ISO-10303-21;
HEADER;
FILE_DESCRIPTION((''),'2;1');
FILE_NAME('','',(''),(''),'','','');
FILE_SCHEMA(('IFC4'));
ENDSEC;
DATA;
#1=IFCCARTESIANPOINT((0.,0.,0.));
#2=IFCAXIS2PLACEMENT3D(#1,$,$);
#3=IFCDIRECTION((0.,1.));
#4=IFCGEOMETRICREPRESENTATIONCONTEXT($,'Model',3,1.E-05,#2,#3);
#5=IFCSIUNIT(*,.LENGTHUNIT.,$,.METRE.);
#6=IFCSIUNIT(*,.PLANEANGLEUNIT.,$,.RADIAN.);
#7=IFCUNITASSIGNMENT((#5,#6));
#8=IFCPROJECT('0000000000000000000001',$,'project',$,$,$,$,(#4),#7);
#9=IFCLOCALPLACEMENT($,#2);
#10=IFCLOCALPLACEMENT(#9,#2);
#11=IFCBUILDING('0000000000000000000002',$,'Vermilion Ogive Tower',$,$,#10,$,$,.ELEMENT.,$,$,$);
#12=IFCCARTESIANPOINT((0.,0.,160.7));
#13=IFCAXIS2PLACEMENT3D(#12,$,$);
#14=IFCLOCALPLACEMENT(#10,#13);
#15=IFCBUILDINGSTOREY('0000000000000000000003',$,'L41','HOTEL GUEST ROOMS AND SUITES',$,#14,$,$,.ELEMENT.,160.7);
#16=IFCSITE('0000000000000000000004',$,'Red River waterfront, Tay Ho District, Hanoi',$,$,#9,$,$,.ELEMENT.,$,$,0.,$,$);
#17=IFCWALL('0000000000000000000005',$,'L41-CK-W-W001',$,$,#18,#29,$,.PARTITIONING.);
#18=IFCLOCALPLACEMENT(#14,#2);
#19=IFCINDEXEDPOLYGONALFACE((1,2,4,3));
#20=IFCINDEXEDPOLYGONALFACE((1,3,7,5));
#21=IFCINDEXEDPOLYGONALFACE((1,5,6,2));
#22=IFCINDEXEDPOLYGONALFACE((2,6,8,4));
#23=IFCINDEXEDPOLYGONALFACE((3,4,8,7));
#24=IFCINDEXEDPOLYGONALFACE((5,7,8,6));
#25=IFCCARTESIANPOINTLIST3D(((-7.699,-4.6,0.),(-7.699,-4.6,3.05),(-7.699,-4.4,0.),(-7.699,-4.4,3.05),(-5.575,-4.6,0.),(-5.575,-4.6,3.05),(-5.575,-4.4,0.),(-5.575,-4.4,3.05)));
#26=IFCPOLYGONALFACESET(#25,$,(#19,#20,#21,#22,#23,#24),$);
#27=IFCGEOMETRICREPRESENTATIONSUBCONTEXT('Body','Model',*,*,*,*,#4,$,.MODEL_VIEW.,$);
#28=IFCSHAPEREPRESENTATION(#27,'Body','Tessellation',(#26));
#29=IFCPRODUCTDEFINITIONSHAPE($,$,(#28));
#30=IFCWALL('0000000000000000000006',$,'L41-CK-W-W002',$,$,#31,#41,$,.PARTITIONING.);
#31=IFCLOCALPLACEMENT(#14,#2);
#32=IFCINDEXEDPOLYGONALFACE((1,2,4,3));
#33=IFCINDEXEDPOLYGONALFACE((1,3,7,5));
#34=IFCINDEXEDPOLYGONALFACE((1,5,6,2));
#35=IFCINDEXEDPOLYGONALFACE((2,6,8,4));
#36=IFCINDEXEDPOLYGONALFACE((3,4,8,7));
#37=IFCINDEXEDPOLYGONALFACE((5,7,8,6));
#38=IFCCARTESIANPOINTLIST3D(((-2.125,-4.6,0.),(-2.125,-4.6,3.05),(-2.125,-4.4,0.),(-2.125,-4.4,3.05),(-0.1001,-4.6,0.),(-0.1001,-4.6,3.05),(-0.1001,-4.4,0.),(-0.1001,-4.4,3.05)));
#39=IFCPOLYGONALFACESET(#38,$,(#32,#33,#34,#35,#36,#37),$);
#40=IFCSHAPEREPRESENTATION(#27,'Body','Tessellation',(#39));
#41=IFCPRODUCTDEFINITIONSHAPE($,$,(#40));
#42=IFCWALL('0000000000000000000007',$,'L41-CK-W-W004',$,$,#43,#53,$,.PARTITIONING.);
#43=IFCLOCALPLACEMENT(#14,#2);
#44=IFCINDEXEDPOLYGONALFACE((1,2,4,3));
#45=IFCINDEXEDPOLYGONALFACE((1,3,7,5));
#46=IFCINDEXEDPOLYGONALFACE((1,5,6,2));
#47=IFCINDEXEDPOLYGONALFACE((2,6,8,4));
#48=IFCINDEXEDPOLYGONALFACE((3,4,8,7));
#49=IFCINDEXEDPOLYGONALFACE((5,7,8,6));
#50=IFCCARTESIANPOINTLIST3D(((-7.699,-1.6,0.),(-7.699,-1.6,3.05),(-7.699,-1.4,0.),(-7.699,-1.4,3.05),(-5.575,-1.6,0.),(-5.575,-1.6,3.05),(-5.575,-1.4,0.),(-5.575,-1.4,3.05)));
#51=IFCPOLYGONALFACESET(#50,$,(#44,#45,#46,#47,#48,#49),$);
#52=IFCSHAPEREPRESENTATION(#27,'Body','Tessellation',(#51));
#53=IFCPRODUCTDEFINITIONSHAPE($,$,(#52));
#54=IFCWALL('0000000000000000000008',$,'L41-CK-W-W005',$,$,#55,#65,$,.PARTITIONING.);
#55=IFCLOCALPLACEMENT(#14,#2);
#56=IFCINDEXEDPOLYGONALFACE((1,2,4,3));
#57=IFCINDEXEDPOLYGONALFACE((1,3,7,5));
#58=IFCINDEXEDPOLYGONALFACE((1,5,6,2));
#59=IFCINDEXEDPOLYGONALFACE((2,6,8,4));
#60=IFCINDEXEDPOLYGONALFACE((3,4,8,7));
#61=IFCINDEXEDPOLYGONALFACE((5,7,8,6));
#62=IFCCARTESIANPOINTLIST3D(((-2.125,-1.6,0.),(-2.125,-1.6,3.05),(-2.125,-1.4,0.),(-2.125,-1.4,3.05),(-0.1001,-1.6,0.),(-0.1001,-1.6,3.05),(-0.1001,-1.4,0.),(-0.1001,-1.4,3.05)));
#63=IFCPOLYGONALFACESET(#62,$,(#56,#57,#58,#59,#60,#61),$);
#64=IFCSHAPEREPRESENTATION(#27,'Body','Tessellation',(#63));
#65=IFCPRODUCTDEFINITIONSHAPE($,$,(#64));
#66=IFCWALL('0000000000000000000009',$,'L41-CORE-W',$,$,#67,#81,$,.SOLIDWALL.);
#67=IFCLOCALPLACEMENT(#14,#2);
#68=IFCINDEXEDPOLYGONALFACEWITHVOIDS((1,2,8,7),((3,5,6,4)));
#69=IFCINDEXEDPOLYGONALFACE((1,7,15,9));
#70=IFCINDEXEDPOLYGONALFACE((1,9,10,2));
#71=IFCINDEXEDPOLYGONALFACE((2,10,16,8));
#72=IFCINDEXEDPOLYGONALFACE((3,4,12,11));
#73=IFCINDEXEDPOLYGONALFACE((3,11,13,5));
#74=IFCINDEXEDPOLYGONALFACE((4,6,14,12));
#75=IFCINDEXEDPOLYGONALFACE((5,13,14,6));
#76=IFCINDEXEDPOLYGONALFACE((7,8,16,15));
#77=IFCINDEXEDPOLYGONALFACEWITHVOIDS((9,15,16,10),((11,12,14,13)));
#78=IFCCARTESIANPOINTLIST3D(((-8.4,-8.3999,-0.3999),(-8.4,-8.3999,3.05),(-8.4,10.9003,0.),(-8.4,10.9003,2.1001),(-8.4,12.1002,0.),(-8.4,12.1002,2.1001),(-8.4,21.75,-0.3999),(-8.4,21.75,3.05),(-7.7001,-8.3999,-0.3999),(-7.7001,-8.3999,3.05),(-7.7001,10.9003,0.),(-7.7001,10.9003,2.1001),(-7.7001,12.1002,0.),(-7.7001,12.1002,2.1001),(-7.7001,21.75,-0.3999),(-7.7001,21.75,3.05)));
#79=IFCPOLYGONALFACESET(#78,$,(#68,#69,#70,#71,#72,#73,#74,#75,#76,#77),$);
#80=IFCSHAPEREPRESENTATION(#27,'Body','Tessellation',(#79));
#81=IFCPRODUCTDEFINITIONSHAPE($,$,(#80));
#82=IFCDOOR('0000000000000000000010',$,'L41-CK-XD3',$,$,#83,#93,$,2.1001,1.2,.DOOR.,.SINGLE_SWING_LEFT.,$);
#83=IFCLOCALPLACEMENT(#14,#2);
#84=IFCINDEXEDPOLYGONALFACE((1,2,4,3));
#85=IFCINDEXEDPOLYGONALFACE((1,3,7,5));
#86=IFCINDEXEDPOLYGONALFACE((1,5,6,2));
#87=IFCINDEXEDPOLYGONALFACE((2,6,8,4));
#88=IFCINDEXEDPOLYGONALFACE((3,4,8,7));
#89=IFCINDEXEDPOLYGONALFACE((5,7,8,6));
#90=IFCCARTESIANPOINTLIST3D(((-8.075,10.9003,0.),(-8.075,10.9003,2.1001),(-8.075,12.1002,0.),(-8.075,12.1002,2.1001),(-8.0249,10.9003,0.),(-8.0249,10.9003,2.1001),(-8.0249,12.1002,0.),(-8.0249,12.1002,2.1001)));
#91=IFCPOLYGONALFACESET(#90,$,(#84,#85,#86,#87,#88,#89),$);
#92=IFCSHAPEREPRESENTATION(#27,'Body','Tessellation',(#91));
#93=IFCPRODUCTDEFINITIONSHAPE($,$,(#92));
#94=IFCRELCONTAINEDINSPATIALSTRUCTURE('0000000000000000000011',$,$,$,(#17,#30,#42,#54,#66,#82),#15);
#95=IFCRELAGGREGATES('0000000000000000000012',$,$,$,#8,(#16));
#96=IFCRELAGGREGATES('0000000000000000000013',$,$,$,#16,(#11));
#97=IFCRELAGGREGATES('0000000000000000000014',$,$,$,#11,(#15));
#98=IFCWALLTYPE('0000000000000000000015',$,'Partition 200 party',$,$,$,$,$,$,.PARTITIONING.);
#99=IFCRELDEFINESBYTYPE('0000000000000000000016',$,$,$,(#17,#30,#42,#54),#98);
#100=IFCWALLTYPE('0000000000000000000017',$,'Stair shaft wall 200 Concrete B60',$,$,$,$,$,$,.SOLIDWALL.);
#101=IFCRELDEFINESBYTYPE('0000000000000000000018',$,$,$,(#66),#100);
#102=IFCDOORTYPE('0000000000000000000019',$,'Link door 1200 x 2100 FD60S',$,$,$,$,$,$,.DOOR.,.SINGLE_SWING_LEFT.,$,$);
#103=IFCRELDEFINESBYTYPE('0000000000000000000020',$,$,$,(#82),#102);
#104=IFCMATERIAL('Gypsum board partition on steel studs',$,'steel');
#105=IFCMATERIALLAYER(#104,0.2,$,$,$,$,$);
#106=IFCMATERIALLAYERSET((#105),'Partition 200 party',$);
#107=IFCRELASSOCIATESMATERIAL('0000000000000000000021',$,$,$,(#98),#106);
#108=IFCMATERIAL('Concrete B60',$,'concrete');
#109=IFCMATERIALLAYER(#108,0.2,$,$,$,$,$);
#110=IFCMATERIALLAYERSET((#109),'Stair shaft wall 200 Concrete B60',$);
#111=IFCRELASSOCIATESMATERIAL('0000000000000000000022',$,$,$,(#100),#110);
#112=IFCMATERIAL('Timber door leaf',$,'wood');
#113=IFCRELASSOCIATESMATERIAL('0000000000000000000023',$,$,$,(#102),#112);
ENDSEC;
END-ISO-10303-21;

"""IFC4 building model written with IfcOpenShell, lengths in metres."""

from ifc_helpers import new_model, si_unit, direction, frame, frame_2d, origin, place, context, subcontext, project, spatial, rectangle, extrude, material, layer, layer_set, type_object, element, fill, save


model = new_model("IFC4")

# Units and contexts
model_context = context("Model", 3, precision=1e-05, world=origin(), true_north=direction((0.0, 1.0)))
body_context = subcontext(model_context, "Body", "Model", "MODEL_VIEW")
ifc_project = project(units=[si_unit("LENGTHUNIT", "METRE"), si_unit("PLANEANGLEUNIT", "RADIAN")], contexts=[model_context])

# Site, building, storey
site_placement = place(None, origin())
site = spatial("IfcSite", under=ifc_project, at=site_placement, Name="Red River waterfront, Tay Ho District, Hanoi", CompositionType="ELEMENT", RefElevation=0.0)
building_placement = place(site_placement, origin())
building = spatial("IfcBuilding", under=site, at=building_placement, Name="Vermilion Ogive Tower", CompositionType="ELEMENT")
storey_placement = place(building_placement, frame((0.0, 0.0, 160.7)))
storey = spatial("IfcBuildingStorey", under=building, at=storey_placement, Name="L41", Description="HOTEL GUEST ROOMS AND SUITES", CompositionType="ELEMENT", Elevation=160.7)

# Walls
ifc_material_1 = material(Name="Gypsum board partition on steel studs", Category="steel")
ifc_layer_1 = layer(ifc_material_1, 0.2)
ifc_layer_set_1 = layer_set([ifc_layer_1], Name="Partition 200 party")
wall_type_1 = type_object("IfcWallType", Name="Partition 200 party", PredefinedType="PARTITIONING", material=ifc_layer_set_1)
wall_1_placement = place(storey_placement, frame((-7.699, -4.5, 0.0), z_axis=(0.0, 0.0, 1.0), x_axis=(1.0, 0.0, 0.0)))
element("IfcWall", 1, at=wall_1_placement, inside=storey, type_object=wall_type_1, Name="L41-CK-W-W001", PredefinedType="PARTITIONING", context=body_context, shape_type="SweptSolid", body=[
    extrude(rectangle(XDim=2.124, YDim=0.2, at=frame_2d((1.062, 0.0))), origin(), (0.0, 0.0, 1.0), 3.05),
])
wall_2_placement = place(storey_placement, frame((-2.125, -4.5, 0.0), z_axis=(0.0, 0.0, 1.0), x_axis=(1.0, 0.0, 0.0)))
element("IfcWall", 2, at=wall_2_placement, inside=storey, type_object=wall_type_1, Name="L41-CK-W-W002", PredefinedType="PARTITIONING", context=body_context, shape_type="SweptSolid", body=[
    extrude(rectangle(XDim=2.0249, YDim=0.2, at=frame_2d((1.0125, 0.0))), origin(), (0.0, 0.0, 1.0), 3.05),
])
wall_3_placement = place(storey_placement, frame((-7.699, -1.5, 0.0), z_axis=(0.0, 0.0, 1.0), x_axis=(1.0, 0.0, 0.0)))
element("IfcWall", 3, at=wall_3_placement, inside=storey, type_object=wall_type_1, Name="L41-CK-W-W004", PredefinedType="PARTITIONING", context=body_context, shape_type="SweptSolid", body=[
    extrude(rectangle(XDim=2.124, YDim=0.2, at=frame_2d((1.062, 0.0))), origin(), (0.0, 0.0, 1.0), 3.05),
])
wall_4_placement = place(storey_placement, frame((-2.125, -1.5, 0.0), z_axis=(0.0, 0.0, 1.0), x_axis=(1.0, 0.0, 0.0)))
element("IfcWall", 4, at=wall_4_placement, inside=storey, type_object=wall_type_1, Name="L41-CK-W-W005", PredefinedType="PARTITIONING", context=body_context, shape_type="SweptSolid", body=[
    extrude(rectangle(XDim=2.0249, YDim=0.2, at=frame_2d((1.0125, 0.0))), origin(), (0.0, 0.0, 1.0), 3.05),
])

# Wall, opening, door
ifc_material_2 = material(Name="Concrete B60", Category="concrete")
ifc_layer_2 = layer(ifc_material_2, 0.2)
ifc_layer_set_2 = layer_set([ifc_layer_2], Name="Stair shaft wall 200 Concrete B60")
wall_type_2 = type_object("IfcWallType", Name="Stair shaft wall 200 Concrete B60", PredefinedType="SOLIDWALL", material=ifc_layer_set_2)
wall_5_placement = place(storey_placement, frame((-8.05, -8.3999, -0.3999), z_axis=(0.0, 0.0, 1.0), x_axis=(0.0, 1.0, 0.0)))
wall_5 = element("IfcWall", 5, at=wall_5_placement, inside=storey, type_object=wall_type_2, Name="L41-CORE-W", PredefinedType="SOLIDWALL", context=body_context, shape_type="SweptSolid", body=[
    extrude(rectangle(XDim=30.1499, YDim=0.7, at=frame_2d((15.075, 0.0))), origin(), (0.0, 0.0, 1.0), 3.45),
])
opening_1_placement = place(wall_5_placement, frame((19.3, 0.0, 0.3999)))
opening_1 = element("IfcOpeningElement", 6, at=opening_1_placement, cuts=wall_5, PredefinedType="OPENING", context=body_context, shape_type="SweptSolid", body=[
    extrude(rectangle(XDim=1.2, YDim=2.1001, at=frame_2d((0.6001, 1.05))), frame((0.0, 0.3599, 0.0), z_axis=(0.0, -1.0, 0.0), x_axis=(1.0, 0.0, 0.0)), (0.0, 0.0, 1.0), 0.72),
])
ifc_material_3 = material(Name="Timber door leaf", Category="wood")
door_type_1 = type_object("IfcDoorType", Name="Link door 1200 x 2100 FD60S", OperationType="SINGLE_SWING_LEFT", PredefinedType="DOOR", material=ifc_material_3)
door_1_placement = place(opening_1_placement, origin())
door_1 = element("IfcDoor", 7, at=door_1_placement, inside=storey, type_object=door_type_1, Name="L41-CK-XD3", OperationType="SINGLE_SWING_LEFT", OverallHeight=2.1001, OverallWidth=1.2, PredefinedType="DOOR", context=body_context, shape_type="SweptSolid", body=[
    extrude(rectangle(XDim=1.2, YDim=2.1001, at=frame_2d((0.6001, 1.05))), frame((0.0, 0.0249, 0.0), z_axis=(0.0, -1.0, 0.0), x_axis=(1.0, 0.0, 0.0)), (0.0, 0.0, 1.0), 0.05),
])
fill(opening_1, door_1)

save(model, "model.ifc")
